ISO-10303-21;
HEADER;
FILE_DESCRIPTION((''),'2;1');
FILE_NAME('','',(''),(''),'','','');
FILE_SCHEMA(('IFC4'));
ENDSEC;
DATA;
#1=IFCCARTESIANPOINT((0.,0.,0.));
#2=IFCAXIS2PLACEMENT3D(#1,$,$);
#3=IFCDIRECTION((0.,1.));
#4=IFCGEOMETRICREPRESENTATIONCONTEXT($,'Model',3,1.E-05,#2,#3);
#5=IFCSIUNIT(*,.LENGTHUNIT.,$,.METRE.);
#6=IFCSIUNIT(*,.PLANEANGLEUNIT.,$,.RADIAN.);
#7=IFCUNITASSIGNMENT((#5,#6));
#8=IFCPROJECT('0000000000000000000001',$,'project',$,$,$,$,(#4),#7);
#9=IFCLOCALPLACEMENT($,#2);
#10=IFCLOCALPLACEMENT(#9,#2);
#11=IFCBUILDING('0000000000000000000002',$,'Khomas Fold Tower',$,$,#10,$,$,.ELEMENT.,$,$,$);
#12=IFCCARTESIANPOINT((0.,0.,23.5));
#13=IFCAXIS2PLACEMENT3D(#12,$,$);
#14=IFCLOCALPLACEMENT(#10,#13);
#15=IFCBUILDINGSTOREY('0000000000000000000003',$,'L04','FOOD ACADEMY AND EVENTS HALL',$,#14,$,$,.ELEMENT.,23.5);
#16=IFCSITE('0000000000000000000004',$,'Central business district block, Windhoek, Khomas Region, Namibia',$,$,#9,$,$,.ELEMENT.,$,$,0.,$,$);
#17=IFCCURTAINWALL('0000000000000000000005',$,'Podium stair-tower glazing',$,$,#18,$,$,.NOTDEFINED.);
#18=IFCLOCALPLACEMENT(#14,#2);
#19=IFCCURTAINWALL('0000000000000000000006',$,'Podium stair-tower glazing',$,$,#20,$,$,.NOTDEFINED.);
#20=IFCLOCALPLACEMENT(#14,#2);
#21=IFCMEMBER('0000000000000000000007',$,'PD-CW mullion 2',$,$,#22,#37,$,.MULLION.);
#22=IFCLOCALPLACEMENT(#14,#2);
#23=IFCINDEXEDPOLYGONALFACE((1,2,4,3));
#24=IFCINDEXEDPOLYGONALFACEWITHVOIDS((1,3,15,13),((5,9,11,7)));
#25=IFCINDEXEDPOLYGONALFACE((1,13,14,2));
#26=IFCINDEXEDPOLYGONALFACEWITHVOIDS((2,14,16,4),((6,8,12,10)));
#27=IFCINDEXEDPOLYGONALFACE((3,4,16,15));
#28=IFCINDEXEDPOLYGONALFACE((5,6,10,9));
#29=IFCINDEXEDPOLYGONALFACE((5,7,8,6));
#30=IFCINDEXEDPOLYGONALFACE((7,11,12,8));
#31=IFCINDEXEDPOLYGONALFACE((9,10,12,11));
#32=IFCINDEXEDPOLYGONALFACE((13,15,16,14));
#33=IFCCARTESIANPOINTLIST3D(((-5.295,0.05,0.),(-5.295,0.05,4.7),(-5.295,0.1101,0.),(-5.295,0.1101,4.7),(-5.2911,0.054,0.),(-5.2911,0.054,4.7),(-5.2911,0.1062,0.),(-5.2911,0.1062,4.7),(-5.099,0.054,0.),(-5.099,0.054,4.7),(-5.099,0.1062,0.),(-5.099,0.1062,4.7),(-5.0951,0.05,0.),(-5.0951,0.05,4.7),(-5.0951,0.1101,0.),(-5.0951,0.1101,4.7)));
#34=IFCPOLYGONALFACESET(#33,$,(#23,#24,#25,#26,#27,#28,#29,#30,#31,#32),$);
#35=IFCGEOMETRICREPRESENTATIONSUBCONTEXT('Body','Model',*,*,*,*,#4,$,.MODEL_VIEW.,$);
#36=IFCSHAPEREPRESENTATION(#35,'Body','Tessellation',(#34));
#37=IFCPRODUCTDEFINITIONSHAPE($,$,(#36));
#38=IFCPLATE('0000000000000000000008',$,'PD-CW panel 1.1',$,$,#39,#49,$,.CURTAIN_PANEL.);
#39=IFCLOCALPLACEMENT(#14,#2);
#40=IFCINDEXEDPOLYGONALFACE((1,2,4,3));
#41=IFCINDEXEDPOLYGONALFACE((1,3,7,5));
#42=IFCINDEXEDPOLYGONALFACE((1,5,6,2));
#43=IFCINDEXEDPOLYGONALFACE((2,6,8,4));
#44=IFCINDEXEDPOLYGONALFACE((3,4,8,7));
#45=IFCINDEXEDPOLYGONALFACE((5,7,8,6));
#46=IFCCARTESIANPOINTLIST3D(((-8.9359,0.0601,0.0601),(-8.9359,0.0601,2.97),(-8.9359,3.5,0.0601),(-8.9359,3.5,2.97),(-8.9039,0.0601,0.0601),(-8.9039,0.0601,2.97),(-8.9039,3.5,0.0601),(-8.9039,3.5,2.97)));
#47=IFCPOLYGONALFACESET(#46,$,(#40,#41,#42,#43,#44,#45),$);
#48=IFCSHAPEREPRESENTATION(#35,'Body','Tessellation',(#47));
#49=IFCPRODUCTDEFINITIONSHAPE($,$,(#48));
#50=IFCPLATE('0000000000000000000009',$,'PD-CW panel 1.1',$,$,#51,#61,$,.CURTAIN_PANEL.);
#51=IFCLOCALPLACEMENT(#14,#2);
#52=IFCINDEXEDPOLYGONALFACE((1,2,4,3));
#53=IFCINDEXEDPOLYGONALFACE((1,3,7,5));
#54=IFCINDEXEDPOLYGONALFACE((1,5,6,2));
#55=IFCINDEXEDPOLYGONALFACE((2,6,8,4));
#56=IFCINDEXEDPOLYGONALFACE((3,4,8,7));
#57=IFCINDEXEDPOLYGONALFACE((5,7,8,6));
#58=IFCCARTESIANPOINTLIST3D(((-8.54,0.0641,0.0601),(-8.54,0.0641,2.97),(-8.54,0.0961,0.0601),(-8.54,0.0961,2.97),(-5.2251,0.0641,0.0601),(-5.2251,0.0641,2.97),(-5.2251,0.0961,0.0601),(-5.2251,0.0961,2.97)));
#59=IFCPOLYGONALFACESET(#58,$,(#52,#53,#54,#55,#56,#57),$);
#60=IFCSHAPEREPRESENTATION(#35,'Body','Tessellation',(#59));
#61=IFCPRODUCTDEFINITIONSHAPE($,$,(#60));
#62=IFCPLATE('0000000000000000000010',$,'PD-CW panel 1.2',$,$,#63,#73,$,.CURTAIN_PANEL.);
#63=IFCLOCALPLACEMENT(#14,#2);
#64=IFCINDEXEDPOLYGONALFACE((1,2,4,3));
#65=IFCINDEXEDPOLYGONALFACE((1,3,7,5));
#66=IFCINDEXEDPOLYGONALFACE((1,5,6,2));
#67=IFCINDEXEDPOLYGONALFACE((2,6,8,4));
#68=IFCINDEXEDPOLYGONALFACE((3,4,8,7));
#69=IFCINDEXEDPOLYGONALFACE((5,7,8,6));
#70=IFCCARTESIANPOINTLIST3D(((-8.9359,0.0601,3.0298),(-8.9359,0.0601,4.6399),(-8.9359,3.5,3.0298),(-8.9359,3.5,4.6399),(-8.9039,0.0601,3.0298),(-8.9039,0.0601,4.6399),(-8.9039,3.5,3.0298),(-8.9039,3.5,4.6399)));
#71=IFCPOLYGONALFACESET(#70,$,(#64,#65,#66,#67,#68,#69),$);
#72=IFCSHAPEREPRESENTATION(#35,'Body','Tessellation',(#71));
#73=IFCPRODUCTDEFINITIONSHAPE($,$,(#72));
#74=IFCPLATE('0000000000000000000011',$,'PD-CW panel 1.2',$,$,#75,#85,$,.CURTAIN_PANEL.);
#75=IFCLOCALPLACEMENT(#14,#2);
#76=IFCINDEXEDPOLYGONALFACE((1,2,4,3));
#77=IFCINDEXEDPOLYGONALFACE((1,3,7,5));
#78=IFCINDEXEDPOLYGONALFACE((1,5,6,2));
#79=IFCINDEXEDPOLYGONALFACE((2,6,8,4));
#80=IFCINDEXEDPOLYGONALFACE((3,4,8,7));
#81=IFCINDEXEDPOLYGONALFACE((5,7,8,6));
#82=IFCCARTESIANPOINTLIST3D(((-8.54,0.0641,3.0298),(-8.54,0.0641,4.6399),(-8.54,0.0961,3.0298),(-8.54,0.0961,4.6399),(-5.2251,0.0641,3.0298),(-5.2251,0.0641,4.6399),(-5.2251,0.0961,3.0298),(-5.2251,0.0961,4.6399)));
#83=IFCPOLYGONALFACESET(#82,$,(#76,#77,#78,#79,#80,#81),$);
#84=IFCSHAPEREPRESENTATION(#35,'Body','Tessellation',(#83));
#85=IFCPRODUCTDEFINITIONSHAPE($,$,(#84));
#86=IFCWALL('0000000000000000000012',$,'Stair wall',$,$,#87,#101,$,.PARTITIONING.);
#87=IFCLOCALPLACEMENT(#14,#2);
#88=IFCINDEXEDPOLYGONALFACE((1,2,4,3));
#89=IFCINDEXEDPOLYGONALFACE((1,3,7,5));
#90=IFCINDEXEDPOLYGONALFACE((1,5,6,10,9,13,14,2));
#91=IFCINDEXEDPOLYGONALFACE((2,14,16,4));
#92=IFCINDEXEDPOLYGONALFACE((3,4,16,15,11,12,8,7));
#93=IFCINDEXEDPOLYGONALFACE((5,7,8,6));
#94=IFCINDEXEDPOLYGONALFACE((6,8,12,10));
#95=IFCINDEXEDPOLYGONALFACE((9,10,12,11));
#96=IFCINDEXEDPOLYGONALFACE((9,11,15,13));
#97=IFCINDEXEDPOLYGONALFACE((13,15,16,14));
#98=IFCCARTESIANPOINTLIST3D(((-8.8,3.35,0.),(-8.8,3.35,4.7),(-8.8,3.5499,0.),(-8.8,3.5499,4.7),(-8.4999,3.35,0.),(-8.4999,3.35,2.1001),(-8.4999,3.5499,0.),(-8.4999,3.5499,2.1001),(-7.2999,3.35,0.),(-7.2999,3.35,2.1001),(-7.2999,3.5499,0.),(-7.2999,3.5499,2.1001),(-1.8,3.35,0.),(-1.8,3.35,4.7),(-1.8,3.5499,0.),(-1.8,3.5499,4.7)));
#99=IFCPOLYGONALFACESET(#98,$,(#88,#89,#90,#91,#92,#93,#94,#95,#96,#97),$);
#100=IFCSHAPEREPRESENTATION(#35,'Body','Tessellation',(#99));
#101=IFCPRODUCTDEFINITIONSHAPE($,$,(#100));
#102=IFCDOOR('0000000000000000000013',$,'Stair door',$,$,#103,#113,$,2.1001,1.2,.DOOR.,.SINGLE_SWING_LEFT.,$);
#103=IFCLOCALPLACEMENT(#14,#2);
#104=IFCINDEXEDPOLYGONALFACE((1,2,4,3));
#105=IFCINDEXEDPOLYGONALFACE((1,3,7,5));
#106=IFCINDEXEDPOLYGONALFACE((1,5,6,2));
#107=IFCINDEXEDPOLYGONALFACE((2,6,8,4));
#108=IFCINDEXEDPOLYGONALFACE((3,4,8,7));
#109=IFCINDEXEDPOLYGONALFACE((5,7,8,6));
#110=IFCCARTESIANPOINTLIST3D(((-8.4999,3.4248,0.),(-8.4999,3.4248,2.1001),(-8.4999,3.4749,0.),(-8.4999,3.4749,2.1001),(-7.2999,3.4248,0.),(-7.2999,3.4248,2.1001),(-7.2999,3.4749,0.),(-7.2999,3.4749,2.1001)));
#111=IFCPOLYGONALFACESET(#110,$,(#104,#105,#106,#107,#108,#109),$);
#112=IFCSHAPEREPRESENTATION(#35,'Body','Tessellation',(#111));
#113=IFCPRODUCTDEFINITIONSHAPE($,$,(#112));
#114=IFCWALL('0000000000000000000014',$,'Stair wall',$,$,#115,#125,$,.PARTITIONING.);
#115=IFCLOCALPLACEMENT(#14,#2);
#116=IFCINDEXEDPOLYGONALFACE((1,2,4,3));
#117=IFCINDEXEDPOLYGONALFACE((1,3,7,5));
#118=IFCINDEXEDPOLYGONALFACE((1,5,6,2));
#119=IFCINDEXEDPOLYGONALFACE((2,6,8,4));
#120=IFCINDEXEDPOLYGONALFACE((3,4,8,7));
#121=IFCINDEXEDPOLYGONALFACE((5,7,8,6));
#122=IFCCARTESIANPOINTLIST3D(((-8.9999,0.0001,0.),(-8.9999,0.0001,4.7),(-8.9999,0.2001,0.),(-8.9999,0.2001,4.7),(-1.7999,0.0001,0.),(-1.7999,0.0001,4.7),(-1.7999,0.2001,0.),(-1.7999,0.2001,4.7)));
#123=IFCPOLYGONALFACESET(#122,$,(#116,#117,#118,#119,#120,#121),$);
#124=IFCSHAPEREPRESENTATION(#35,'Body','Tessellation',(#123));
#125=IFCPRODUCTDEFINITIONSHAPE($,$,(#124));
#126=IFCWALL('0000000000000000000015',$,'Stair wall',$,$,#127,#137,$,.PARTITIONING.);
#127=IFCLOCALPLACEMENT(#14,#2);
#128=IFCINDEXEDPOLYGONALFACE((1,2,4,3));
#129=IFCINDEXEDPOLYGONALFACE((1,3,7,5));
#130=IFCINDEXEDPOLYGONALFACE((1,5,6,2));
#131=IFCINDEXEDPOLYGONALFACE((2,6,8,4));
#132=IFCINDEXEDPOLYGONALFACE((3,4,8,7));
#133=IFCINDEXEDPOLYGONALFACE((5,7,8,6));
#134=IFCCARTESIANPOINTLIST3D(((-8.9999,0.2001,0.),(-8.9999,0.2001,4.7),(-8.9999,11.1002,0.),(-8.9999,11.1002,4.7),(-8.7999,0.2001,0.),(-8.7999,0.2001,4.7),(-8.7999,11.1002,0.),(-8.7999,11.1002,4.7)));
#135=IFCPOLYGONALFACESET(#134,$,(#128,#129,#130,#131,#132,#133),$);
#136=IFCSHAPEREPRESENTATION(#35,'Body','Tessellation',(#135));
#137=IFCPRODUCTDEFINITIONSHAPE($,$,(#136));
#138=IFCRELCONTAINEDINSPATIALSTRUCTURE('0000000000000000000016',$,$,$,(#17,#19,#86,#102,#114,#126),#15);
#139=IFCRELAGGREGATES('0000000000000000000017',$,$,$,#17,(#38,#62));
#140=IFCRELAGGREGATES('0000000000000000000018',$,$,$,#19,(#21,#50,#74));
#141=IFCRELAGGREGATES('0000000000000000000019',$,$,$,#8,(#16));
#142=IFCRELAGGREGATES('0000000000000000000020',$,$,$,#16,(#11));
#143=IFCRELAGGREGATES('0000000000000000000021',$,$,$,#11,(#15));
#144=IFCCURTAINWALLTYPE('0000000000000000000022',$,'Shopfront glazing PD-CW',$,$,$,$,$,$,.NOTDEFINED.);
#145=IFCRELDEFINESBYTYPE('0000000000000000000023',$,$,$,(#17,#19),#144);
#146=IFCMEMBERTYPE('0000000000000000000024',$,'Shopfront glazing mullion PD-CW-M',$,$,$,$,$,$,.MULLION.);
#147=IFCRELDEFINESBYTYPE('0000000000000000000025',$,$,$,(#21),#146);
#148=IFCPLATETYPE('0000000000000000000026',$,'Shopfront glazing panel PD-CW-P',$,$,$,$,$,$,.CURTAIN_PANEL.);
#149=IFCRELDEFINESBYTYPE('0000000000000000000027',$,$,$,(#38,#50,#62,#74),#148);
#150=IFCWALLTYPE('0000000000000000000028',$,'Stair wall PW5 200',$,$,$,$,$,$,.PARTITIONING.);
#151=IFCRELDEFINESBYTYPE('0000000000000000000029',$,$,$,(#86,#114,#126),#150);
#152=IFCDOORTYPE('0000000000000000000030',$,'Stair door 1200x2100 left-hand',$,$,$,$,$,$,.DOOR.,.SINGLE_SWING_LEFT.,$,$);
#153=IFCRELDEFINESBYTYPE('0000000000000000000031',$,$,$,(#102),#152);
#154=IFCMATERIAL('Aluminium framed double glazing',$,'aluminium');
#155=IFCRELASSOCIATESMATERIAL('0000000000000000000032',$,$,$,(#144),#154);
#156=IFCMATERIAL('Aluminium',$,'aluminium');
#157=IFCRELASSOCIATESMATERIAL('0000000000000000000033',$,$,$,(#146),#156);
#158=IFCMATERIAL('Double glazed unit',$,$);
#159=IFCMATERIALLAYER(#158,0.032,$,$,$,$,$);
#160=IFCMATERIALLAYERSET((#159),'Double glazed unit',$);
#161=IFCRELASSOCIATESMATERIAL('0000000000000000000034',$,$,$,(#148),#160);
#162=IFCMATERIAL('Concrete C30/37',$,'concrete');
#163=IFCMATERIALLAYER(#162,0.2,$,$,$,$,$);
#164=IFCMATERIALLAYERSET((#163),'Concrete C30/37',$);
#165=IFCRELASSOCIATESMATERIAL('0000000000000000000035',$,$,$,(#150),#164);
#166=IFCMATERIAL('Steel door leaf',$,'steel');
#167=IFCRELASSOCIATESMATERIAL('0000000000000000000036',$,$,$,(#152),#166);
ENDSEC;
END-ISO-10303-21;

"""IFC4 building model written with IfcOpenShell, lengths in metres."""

from ifc_helpers import new_model, si_unit, direction, frame, frame_2d, origin, origin_2d, place, context, subcontext, project, spatial, rectangle, hollow_rectangle, extrude, source, transform, mapped, material, layer, layer_set, material_profile, profile_set, type_object, element, fill, aggregate, save


model = new_model("IFC4")

# Units and contexts
model_context = context("Model", 3, precision=1e-05, world=origin(), true_north=direction((0.0, 1.0)))
body_context = subcontext(model_context, "Body", "Model", "MODEL_VIEW")
ifc_project = project(units=[si_unit("LENGTHUNIT", "METRE"), si_unit("PLANEANGLEUNIT", "RADIAN")], contexts=[model_context])

# Site, building, storey
site_placement = place(None, origin())
site = spatial("IfcSite", under=ifc_project, at=site_placement, Name="Central business district block, Windhoek, Khomas Region, Namibia", CompositionType="ELEMENT", RefElevation=0.0)
building_placement = place(site_placement, origin())
building = spatial("IfcBuilding", under=site, at=building_placement, Name="Khomas Fold Tower", CompositionType="ELEMENT")
storey_placement = place(building_placement, frame((0.0, 0.0, 23.5)))
storey = spatial("IfcBuildingStorey", under=building, at=storey_placement, Name="L04", Description="FOOD ACADEMY AND EVENTS HALL", CompositionType="ELEMENT", Elevation=23.5)

# Curtain walls
ifc_material_1 = material(Name="Aluminium framed double glazing", Category="aluminium")
curtain_wall_type = type_object("IfcCurtainWallType", Name="Shopfront glazing PD-CW", PredefinedType="NOTDEFINED", material=ifc_material_1)
curtain_wall_1_placement = place(storey_placement, origin())
curtain_wall_1 = element("IfcCurtainWall", 1, at=curtain_wall_1_placement, inside=storey, type_object=curtain_wall_type, Name="Podium stair-tower glazing", PredefinedType="NOTDEFINED")
curtain_wall_2_placement = place(storey_placement, origin())
curtain_wall_2 = element("IfcCurtainWall", 2, at=curtain_wall_2_placement, inside=storey, type_object=curtain_wall_type, Name="Podium stair-tower glazing", PredefinedType="NOTDEFINED")

# Member
ifc_material_2 = material(Name="Aluminium", Category="aluminium")
ifc_material_profile_1 = material_profile(ifc_material_2, hollow_rectangle(XDim=0.0601, YDim=0.2, WallThickness=0.0039, at=origin_2d()), Name="Shopfront glazing mullion PD-CW-M")
ifc_profile_set_1 = profile_set([ifc_material_profile_1], Name="Aluminium")
member_type_1 = type_object("IfcMemberType", Name="Shopfront glazing mullion PD-CW-M", PredefinedType="MULLION", material=ifc_profile_set_1)
shared_shape_1 = source(origin(), body_context, "Body", "SweptSolid", [
    extrude(hollow_rectangle(XDim=0.0601, YDim=0.2, WallThickness=0.0039, at=origin_2d()), origin(), (0.0, 0.0, 1.0), 4.7),
])
member_1_placement = place(storey_placement, frame((-5.1951, 0.0801, 0.0), z_axis=(0.0, 0.0, 1.0), x_axis=(0.0, 1.0, 0.0)))
member_1 = element("IfcMember", 3, at=member_1_placement, type_object=member_type_1, Name="PD-CW mullion 2", PredefinedType="MULLION", context=body_context, shape_type="MappedRepresentation", body=[
    mapped(shared_shape_1, transform((0.0, 0.0, 0.0))),
])

# Plates
ifc_material_3 = material(Name="Double glazed unit")
ifc_layer_1 = layer(ifc_material_3, 0.032)
ifc_layer_set_1 = layer_set([ifc_layer_1], Name="Double glazed unit")
plate_type = type_object("IfcPlateType", Name="Shopfront glazing panel PD-CW-P", PredefinedType="CURTAIN_PANEL", material=ifc_layer_set_1)
shared_shape_2 = source(origin(), body_context, "Body", "SweptSolid", [
    extrude(rectangle(XDim=3.4399, YDim=0.032, at=origin_2d()), origin(), (0.0, 0.0, 1.0), 2.9099),
])
plate_1_placement = place(storey_placement, frame((-8.9199, 1.78, 0.0601), z_axis=(0.0, 0.0, 1.0), x_axis=(0.0, -1.0, 0.0)))
plate_1 = element("IfcPlate", 4, at=plate_1_placement, type_object=plate_type, Name="PD-CW panel 1.1", PredefinedType="CURTAIN_PANEL", context=body_context, shape_type="MappedRepresentation", body=[
    mapped(shared_shape_2, transform((0.0, 0.0, 0.0))),
])
shared_shape_3 = source(origin(), body_context, "Body", "SweptSolid", [
    extrude(rectangle(XDim=3.3149, YDim=0.032, at=origin_2d()), origin(), (0.0, 0.0, 1.0), 2.9099),
])
plate_2_placement = place(storey_placement, frame((-6.8826, 0.0801, 0.0601), z_axis=(0.0, 0.0, 1.0), x_axis=(1.0, 0.0, 0.0)))
plate_2 = element("IfcPlate", 5, at=plate_2_placement, type_object=plate_type, Name="PD-CW panel 1.1", PredefinedType="CURTAIN_PANEL", context=body_context, shape_type="MappedRepresentation", body=[
    mapped(shared_shape_3, transform((0.0, 0.0, 0.0))),
])
shared_shape_4 = source(origin(), body_context, "Body", "SweptSolid", [
    extrude(rectangle(XDim=3.4399, YDim=0.032, at=origin_2d()), origin(), (0.0, 0.0, 1.0), 1.6101),
])
plate_3_placement = place(storey_placement, frame((-8.9199, 1.78, 3.0298), z_axis=(0.0, 0.0, 1.0), x_axis=(0.0, -1.0, 0.0)))
plate_3 = element("IfcPlate", 6, at=plate_3_placement, type_object=plate_type, Name="PD-CW panel 1.2", PredefinedType="CURTAIN_PANEL", context=body_context, shape_type="MappedRepresentation", body=[
    mapped(shared_shape_4, transform((0.0, 0.0, 0.0))),
])
aggregate(curtain_wall_1, [plate_1, plate_3])
shared_shape_5 = source(origin(), body_context, "Body", "SweptSolid", [
    extrude(rectangle(XDim=3.3149, YDim=0.032, at=origin_2d()), origin(), (0.0, 0.0, 1.0), 1.6101),
])
plate_4_placement = place(storey_placement, frame((-6.8826, 0.0801, 3.0298), z_axis=(0.0, 0.0, 1.0), x_axis=(1.0, 0.0, 0.0)))
plate_4 = element("IfcPlate", 7, at=plate_4_placement, type_object=plate_type, Name="PD-CW panel 1.2", PredefinedType="CURTAIN_PANEL", context=body_context, shape_type="MappedRepresentation", body=[
    mapped(shared_shape_5, transform((0.0, 0.0, 0.0))),
])
aggregate(curtain_wall_2, [member_1, plate_2, plate_4])

# Wall, opening, door
ifc_material_4 = material(Name="Concrete C30/37", Category="concrete")
ifc_layer_2 = layer(ifc_material_4, 0.2)
ifc_layer_set_2 = layer_set([ifc_layer_2], Name="Concrete C30/37")
wall_type = type_object("IfcWallType", Name="Stair wall PW5 200", PredefinedType="PARTITIONING", material=ifc_layer_set_2)
shared_shape_6 = source(origin(), body_context, "Body", "SweptSolid", [
    extrude(rectangle(XDim=7.0, YDim=0.2, at=frame_2d((3.5, 0.0))), origin(), (0.0, 0.0, 1.0), 4.7),
])
wall_1_placement = place(storey_placement, frame((-8.8, 3.45, 0.0), z_axis=(0.0, 0.0, 1.0), x_axis=(1.0, 0.0, 0.0)))
wall_1 = element("IfcWall", 8, at=wall_1_placement, inside=storey, type_object=wall_type, Name="Stair wall", PredefinedType="PARTITIONING", context=body_context, shape_type="MappedRepresentation", body=[
    mapped(shared_shape_6, transform((0.0, 0.0, 0.0))),
])
shared_shape_7 = source(origin(), body_context, "Body", "SweptSolid", [
    extrude(rectangle(XDim=1.2, YDim=2.1001, at=frame_2d((0.6001, 1.05))), frame((0.0, 0.1099, 0.0), z_axis=(0.0, -1.0, 0.0), x_axis=(1.0, 0.0, 0.0)), (0.0, 0.0, 1.0), 0.22),
])
opening_placement = place(wall_1_placement, frame((0.3, 0.0, 0.0)))
opening = element("IfcOpeningElement", 9, at=opening_placement, cuts=wall_1, PredefinedType="OPENING", context=body_context, shape_type="MappedRepresentation", body=[
    mapped(shared_shape_7, transform((0.0, 0.0, 0.0))),
])
ifc_material_5 = material(Name="Steel door leaf", Category="steel")
door_type = type_object("IfcDoorType", Name="Stair door 1200x2100 left-hand", OperationType="SINGLE_SWING_LEFT", PredefinedType="DOOR", material=ifc_material_5)
shared_shape_8 = source(origin(), body_context, "Body", "SweptSolid", [
    extrude(rectangle(XDim=1.2, YDim=2.1001, at=frame_2d((0.6001, 1.05))), frame((0.0, 0.0249, 0.0), z_axis=(0.0, -1.0, 0.0), x_axis=(1.0, 0.0, 0.0)), (0.0, 0.0, 1.0), 0.05),
])
door_placement = place(opening_placement, origin())
door = element("IfcDoor", 10, at=door_placement, inside=storey, type_object=door_type, Name="Stair door", OperationType="SINGLE_SWING_LEFT", OverallHeight=2.1001, OverallWidth=1.2, PredefinedType="DOOR", context=body_context, shape_type="MappedRepresentation", body=[
    mapped(shared_shape_8, transform((0.0, 0.0, 0.0))),
])
fill(opening, door)

# Walls
shared_shape_9 = source(origin(), body_context, "Body", "SweptSolid", [
    extrude(rectangle(XDim=7.2, YDim=0.2, at=frame_2d((3.6001, 0.0))), origin(), (0.0, 0.0, 1.0), 4.7),
])
wall_2_placement = place(storey_placement, frame((-9.0, 0.1001, 0.0), z_axis=(0.0, 0.0, 1.0), x_axis=(1.0, 0.0, 0.0)))
element("IfcWall", 11, at=wall_2_placement, inside=storey, type_object=wall_type, Name="Stair wall", PredefinedType="PARTITIONING", context=body_context, shape_type="MappedRepresentation", body=[
    mapped(shared_shape_9, transform((0.0, 0.0, 0.0))),
])
shared_shape_10 = source(origin(), body_context, "Body", "SweptSolid", [
    extrude(rectangle(XDim=10.9001, YDim=0.2, at=frame_2d((5.4502, 0.0))), origin(), (0.0, 0.0, 1.0), 4.7),
])
wall_3_placement = place(storey_placement, frame((-8.8999, 0.2, 0.0), z_axis=(0.0, 0.0, 1.0), x_axis=(0.0, 1.0, 0.0)))
element("IfcWall", 12, at=wall_3_placement, inside=storey, type_object=wall_type, Name="Stair wall", PredefinedType="PARTITIONING", context=body_context, shape_type="MappedRepresentation", body=[
    mapped(shared_shape_10, transform((0.0, 0.0, 0.0))),
])

save(model, "model.ifc")
